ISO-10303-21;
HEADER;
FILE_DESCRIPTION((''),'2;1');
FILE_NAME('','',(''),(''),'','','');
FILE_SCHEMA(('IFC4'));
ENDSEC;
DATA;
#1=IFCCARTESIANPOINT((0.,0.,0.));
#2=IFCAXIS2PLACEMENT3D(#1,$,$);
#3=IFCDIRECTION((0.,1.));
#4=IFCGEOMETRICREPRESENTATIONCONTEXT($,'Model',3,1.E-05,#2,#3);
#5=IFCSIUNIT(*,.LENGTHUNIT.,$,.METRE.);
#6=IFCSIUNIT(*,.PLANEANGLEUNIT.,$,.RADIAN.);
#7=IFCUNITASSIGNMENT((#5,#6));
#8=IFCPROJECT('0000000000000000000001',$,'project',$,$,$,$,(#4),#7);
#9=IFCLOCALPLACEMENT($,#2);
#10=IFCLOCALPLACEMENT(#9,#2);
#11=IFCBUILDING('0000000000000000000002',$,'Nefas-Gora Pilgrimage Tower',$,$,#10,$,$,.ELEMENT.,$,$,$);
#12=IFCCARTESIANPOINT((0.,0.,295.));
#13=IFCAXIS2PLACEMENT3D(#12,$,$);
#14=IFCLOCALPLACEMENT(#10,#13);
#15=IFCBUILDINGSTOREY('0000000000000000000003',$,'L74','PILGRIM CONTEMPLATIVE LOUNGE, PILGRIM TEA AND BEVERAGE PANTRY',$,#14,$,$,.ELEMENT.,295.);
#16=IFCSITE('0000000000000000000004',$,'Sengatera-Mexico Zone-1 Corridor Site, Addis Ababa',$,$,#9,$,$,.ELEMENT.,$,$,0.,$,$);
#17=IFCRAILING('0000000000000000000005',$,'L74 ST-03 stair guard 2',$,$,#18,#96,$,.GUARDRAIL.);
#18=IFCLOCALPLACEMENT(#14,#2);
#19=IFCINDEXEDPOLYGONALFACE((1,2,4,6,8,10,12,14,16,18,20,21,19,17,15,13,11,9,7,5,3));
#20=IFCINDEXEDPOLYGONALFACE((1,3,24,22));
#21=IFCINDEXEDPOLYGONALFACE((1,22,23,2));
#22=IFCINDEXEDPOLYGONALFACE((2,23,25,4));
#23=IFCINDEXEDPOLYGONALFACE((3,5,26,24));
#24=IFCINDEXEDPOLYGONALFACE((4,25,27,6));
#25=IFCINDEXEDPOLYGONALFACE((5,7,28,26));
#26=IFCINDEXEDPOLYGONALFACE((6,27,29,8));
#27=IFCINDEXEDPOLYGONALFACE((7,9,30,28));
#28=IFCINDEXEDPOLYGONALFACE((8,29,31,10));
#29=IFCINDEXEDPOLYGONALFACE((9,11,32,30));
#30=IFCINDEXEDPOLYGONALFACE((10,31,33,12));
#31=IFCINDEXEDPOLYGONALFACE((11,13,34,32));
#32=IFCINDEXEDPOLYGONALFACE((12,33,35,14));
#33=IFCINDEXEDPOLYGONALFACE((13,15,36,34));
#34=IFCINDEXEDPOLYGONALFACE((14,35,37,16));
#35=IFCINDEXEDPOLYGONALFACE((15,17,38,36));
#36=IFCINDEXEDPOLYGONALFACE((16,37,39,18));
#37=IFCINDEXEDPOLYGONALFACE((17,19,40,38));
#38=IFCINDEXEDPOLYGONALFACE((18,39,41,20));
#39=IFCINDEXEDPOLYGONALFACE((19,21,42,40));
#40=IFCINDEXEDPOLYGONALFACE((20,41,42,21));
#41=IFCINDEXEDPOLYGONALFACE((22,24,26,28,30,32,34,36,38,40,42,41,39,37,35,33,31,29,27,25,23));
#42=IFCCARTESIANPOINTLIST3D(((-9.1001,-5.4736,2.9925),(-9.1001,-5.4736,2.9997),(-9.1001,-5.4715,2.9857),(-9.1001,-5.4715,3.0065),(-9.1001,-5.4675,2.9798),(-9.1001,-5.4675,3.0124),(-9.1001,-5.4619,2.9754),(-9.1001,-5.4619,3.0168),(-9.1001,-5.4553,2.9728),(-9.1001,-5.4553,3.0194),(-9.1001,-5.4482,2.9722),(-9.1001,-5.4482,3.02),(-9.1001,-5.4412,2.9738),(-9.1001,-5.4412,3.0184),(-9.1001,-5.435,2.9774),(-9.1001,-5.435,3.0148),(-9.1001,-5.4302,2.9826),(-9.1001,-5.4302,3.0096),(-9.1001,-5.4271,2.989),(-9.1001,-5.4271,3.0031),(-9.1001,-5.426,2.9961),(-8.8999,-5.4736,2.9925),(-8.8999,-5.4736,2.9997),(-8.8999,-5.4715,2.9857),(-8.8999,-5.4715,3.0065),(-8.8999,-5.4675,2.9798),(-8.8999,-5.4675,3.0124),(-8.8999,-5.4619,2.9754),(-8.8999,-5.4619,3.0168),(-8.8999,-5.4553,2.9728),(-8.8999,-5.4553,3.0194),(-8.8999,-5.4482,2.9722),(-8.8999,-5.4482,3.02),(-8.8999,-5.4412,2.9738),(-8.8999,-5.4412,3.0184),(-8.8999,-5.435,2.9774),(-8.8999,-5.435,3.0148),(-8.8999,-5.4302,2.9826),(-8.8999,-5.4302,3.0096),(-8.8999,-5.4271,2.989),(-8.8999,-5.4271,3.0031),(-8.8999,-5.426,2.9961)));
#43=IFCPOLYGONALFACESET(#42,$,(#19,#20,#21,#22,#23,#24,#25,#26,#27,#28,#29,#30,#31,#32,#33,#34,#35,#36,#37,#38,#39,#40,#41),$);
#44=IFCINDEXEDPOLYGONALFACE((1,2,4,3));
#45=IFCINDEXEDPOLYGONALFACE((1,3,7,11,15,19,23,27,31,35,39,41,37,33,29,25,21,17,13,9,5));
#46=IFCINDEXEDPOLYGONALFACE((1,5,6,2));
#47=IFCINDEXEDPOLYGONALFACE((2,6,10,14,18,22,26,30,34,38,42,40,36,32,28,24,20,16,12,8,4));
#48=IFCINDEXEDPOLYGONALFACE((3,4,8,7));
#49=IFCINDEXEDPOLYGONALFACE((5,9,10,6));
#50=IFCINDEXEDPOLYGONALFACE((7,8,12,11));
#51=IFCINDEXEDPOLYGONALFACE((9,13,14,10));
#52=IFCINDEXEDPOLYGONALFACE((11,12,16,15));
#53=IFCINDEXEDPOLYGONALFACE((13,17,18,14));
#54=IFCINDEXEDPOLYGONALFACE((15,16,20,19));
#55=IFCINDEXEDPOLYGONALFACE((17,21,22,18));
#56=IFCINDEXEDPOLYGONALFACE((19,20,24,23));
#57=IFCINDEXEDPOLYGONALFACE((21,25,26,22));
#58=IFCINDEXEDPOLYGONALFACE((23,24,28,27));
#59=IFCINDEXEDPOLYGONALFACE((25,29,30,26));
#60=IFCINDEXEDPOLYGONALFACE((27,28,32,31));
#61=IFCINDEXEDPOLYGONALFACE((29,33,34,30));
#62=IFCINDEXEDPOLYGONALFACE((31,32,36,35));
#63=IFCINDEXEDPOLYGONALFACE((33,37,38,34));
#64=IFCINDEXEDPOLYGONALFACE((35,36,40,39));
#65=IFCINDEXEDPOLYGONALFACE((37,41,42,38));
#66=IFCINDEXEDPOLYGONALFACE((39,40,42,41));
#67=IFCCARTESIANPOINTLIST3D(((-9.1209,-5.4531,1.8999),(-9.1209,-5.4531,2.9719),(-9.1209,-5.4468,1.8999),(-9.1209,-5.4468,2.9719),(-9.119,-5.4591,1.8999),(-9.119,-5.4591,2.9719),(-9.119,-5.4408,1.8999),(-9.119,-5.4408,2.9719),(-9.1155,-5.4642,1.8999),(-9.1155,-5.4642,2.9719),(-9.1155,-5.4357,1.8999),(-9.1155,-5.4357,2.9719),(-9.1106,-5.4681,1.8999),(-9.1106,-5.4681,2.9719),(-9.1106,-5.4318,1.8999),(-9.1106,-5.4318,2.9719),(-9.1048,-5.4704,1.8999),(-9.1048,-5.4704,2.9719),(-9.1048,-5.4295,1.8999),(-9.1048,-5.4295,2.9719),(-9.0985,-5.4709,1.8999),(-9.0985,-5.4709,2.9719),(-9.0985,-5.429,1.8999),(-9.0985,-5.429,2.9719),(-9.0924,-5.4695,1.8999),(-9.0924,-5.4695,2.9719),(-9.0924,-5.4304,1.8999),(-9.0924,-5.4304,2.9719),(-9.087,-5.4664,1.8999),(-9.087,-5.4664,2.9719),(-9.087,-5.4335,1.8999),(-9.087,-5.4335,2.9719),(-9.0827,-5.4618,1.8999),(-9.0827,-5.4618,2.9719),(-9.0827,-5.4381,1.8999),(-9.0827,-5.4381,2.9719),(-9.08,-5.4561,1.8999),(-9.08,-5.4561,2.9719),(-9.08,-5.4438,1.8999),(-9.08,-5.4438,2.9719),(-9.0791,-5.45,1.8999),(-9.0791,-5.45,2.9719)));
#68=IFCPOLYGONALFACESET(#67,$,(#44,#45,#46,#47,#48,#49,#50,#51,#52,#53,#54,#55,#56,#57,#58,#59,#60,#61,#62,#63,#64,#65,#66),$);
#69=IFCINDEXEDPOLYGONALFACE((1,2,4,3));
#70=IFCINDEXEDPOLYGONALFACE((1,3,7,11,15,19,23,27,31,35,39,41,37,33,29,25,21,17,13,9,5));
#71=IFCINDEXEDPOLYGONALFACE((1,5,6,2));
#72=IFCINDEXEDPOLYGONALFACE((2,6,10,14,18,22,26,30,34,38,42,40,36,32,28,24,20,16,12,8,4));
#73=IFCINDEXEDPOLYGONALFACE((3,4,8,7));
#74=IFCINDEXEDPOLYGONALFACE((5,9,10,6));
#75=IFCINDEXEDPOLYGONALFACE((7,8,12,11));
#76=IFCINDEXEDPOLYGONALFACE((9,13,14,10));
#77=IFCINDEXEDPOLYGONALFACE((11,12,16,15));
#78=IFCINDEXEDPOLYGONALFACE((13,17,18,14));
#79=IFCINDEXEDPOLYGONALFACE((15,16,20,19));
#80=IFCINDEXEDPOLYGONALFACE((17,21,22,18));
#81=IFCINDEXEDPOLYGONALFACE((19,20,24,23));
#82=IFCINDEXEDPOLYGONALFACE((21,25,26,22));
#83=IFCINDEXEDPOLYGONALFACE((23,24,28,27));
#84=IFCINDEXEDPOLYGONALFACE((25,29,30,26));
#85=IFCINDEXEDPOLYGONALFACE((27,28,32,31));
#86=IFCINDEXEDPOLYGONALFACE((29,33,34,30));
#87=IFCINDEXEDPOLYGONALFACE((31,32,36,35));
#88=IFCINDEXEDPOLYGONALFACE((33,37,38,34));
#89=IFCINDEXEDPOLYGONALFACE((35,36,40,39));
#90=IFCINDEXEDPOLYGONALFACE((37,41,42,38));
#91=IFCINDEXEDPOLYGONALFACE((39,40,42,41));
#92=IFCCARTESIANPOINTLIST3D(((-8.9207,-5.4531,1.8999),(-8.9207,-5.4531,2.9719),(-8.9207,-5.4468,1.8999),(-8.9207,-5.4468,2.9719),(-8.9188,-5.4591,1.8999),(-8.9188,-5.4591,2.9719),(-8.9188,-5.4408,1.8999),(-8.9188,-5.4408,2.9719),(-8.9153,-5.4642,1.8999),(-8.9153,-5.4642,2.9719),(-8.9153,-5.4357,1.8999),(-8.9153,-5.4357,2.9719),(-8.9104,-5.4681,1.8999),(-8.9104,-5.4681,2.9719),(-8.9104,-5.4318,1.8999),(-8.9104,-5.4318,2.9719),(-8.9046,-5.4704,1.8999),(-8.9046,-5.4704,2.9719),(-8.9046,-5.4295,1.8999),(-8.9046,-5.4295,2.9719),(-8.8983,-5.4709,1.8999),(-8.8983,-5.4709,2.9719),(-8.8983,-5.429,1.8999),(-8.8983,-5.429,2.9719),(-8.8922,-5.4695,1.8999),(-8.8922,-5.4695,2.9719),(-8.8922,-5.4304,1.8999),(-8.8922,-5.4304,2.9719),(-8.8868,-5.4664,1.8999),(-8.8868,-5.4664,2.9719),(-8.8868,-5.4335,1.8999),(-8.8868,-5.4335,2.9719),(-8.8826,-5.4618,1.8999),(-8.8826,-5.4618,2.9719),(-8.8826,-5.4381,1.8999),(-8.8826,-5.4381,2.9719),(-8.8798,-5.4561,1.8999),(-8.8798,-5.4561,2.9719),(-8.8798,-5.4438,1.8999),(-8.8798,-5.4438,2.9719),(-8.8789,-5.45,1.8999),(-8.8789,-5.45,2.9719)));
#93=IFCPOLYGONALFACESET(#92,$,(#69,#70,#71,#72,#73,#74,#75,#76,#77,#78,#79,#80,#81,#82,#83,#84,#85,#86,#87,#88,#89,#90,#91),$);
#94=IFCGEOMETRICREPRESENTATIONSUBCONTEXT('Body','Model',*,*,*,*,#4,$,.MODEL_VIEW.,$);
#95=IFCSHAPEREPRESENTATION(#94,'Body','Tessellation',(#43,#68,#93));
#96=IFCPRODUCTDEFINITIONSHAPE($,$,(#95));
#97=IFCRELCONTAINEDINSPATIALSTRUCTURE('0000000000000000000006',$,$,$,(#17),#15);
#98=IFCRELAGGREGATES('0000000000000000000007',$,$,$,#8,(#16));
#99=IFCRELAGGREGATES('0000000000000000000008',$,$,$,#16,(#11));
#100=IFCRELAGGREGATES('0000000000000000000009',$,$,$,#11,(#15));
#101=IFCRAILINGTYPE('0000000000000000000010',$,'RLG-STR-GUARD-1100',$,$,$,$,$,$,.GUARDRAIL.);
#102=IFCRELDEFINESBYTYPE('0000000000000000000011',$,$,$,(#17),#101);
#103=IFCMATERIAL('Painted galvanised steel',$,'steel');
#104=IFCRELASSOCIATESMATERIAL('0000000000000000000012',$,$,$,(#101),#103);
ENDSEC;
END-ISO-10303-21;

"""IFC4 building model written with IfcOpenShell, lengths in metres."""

from ifc_helpers import new_model, si_unit, direction, frame, origin, origin_2d, place, context, subcontext, project, spatial, circle, extrude, material, type_object, element, save


model = new_model("IFC4")

# Units and contexts
model_context = context("Model", 3, precision=1e-05, world=origin(), true_north=direction((0.0, 1.0)))
body_context = subcontext(model_context, "Body", "Model", "MODEL_VIEW")
ifc_project = project(units=[si_unit("LENGTHUNIT", "METRE"), si_unit("PLANEANGLEUNIT", "RADIAN")], contexts=[model_context])

# Site, building, storey
site_placement = place(None, origin())
site = spatial("IfcSite", under=ifc_project, at=site_placement, Name="Sengatera-Mexico Zone-1 Corridor Site, Addis Ababa", CompositionType="ELEMENT", RefElevation=0.0)
building_placement = place(site_placement, origin())
building = spatial("IfcBuilding", under=site, at=building_placement, Name="Nefas-Gora Pilgrimage Tower", CompositionType="ELEMENT")
storey_placement = place(building_placement, frame((0.0, 0.0, 295.0)))
storey = spatial("IfcBuildingStorey", under=building, at=storey_placement, Name="L74", Description="PILGRIM CONTEMPLATIVE LOUNGE, PILGRIM TEA AND BEVERAGE PANTRY", CompositionType="ELEMENT", Elevation=295.0)

# Railing
ifc_material_1 = material(Name="Painted galvanised steel", Category="steel")
railing_type_1 = type_object("IfcRailingType", Name="RLG-STR-GUARD-1100", PredefinedType="GUARDRAIL", material=ifc_material_1)
railing_1_placement = place(storey_placement, frame((-9.1001, -5.45, 1.8999)))
element("IfcRailing", 1, at=railing_1_placement, inside=storey, type_object=railing_type_1, Name="L74 ST-03 stair guard 2", PredefinedType="GUARDRAIL", context=body_context, shape_type="SweptSolid", body=[
    extrude(circle(Radius=0.0239, at=origin_2d()), frame((0.0, 0.0, 1.0962), z_axis=(1.0, 0.0, 0.0), x_axis=(0.0, 1.0, 0.0)), (0.0, 0.0, 1.0), 0.2002),
    extrude(circle(Radius=0.021, at=origin_2d()), origin(), (0.0, 0.0, 1.0), 1.072),
    extrude(circle(Radius=0.021, at=origin_2d()), frame((0.2002, 0.0, 0.0)), (0.0, 0.0, 1.0), 1.072),
])

save(model, "model.ifc")
